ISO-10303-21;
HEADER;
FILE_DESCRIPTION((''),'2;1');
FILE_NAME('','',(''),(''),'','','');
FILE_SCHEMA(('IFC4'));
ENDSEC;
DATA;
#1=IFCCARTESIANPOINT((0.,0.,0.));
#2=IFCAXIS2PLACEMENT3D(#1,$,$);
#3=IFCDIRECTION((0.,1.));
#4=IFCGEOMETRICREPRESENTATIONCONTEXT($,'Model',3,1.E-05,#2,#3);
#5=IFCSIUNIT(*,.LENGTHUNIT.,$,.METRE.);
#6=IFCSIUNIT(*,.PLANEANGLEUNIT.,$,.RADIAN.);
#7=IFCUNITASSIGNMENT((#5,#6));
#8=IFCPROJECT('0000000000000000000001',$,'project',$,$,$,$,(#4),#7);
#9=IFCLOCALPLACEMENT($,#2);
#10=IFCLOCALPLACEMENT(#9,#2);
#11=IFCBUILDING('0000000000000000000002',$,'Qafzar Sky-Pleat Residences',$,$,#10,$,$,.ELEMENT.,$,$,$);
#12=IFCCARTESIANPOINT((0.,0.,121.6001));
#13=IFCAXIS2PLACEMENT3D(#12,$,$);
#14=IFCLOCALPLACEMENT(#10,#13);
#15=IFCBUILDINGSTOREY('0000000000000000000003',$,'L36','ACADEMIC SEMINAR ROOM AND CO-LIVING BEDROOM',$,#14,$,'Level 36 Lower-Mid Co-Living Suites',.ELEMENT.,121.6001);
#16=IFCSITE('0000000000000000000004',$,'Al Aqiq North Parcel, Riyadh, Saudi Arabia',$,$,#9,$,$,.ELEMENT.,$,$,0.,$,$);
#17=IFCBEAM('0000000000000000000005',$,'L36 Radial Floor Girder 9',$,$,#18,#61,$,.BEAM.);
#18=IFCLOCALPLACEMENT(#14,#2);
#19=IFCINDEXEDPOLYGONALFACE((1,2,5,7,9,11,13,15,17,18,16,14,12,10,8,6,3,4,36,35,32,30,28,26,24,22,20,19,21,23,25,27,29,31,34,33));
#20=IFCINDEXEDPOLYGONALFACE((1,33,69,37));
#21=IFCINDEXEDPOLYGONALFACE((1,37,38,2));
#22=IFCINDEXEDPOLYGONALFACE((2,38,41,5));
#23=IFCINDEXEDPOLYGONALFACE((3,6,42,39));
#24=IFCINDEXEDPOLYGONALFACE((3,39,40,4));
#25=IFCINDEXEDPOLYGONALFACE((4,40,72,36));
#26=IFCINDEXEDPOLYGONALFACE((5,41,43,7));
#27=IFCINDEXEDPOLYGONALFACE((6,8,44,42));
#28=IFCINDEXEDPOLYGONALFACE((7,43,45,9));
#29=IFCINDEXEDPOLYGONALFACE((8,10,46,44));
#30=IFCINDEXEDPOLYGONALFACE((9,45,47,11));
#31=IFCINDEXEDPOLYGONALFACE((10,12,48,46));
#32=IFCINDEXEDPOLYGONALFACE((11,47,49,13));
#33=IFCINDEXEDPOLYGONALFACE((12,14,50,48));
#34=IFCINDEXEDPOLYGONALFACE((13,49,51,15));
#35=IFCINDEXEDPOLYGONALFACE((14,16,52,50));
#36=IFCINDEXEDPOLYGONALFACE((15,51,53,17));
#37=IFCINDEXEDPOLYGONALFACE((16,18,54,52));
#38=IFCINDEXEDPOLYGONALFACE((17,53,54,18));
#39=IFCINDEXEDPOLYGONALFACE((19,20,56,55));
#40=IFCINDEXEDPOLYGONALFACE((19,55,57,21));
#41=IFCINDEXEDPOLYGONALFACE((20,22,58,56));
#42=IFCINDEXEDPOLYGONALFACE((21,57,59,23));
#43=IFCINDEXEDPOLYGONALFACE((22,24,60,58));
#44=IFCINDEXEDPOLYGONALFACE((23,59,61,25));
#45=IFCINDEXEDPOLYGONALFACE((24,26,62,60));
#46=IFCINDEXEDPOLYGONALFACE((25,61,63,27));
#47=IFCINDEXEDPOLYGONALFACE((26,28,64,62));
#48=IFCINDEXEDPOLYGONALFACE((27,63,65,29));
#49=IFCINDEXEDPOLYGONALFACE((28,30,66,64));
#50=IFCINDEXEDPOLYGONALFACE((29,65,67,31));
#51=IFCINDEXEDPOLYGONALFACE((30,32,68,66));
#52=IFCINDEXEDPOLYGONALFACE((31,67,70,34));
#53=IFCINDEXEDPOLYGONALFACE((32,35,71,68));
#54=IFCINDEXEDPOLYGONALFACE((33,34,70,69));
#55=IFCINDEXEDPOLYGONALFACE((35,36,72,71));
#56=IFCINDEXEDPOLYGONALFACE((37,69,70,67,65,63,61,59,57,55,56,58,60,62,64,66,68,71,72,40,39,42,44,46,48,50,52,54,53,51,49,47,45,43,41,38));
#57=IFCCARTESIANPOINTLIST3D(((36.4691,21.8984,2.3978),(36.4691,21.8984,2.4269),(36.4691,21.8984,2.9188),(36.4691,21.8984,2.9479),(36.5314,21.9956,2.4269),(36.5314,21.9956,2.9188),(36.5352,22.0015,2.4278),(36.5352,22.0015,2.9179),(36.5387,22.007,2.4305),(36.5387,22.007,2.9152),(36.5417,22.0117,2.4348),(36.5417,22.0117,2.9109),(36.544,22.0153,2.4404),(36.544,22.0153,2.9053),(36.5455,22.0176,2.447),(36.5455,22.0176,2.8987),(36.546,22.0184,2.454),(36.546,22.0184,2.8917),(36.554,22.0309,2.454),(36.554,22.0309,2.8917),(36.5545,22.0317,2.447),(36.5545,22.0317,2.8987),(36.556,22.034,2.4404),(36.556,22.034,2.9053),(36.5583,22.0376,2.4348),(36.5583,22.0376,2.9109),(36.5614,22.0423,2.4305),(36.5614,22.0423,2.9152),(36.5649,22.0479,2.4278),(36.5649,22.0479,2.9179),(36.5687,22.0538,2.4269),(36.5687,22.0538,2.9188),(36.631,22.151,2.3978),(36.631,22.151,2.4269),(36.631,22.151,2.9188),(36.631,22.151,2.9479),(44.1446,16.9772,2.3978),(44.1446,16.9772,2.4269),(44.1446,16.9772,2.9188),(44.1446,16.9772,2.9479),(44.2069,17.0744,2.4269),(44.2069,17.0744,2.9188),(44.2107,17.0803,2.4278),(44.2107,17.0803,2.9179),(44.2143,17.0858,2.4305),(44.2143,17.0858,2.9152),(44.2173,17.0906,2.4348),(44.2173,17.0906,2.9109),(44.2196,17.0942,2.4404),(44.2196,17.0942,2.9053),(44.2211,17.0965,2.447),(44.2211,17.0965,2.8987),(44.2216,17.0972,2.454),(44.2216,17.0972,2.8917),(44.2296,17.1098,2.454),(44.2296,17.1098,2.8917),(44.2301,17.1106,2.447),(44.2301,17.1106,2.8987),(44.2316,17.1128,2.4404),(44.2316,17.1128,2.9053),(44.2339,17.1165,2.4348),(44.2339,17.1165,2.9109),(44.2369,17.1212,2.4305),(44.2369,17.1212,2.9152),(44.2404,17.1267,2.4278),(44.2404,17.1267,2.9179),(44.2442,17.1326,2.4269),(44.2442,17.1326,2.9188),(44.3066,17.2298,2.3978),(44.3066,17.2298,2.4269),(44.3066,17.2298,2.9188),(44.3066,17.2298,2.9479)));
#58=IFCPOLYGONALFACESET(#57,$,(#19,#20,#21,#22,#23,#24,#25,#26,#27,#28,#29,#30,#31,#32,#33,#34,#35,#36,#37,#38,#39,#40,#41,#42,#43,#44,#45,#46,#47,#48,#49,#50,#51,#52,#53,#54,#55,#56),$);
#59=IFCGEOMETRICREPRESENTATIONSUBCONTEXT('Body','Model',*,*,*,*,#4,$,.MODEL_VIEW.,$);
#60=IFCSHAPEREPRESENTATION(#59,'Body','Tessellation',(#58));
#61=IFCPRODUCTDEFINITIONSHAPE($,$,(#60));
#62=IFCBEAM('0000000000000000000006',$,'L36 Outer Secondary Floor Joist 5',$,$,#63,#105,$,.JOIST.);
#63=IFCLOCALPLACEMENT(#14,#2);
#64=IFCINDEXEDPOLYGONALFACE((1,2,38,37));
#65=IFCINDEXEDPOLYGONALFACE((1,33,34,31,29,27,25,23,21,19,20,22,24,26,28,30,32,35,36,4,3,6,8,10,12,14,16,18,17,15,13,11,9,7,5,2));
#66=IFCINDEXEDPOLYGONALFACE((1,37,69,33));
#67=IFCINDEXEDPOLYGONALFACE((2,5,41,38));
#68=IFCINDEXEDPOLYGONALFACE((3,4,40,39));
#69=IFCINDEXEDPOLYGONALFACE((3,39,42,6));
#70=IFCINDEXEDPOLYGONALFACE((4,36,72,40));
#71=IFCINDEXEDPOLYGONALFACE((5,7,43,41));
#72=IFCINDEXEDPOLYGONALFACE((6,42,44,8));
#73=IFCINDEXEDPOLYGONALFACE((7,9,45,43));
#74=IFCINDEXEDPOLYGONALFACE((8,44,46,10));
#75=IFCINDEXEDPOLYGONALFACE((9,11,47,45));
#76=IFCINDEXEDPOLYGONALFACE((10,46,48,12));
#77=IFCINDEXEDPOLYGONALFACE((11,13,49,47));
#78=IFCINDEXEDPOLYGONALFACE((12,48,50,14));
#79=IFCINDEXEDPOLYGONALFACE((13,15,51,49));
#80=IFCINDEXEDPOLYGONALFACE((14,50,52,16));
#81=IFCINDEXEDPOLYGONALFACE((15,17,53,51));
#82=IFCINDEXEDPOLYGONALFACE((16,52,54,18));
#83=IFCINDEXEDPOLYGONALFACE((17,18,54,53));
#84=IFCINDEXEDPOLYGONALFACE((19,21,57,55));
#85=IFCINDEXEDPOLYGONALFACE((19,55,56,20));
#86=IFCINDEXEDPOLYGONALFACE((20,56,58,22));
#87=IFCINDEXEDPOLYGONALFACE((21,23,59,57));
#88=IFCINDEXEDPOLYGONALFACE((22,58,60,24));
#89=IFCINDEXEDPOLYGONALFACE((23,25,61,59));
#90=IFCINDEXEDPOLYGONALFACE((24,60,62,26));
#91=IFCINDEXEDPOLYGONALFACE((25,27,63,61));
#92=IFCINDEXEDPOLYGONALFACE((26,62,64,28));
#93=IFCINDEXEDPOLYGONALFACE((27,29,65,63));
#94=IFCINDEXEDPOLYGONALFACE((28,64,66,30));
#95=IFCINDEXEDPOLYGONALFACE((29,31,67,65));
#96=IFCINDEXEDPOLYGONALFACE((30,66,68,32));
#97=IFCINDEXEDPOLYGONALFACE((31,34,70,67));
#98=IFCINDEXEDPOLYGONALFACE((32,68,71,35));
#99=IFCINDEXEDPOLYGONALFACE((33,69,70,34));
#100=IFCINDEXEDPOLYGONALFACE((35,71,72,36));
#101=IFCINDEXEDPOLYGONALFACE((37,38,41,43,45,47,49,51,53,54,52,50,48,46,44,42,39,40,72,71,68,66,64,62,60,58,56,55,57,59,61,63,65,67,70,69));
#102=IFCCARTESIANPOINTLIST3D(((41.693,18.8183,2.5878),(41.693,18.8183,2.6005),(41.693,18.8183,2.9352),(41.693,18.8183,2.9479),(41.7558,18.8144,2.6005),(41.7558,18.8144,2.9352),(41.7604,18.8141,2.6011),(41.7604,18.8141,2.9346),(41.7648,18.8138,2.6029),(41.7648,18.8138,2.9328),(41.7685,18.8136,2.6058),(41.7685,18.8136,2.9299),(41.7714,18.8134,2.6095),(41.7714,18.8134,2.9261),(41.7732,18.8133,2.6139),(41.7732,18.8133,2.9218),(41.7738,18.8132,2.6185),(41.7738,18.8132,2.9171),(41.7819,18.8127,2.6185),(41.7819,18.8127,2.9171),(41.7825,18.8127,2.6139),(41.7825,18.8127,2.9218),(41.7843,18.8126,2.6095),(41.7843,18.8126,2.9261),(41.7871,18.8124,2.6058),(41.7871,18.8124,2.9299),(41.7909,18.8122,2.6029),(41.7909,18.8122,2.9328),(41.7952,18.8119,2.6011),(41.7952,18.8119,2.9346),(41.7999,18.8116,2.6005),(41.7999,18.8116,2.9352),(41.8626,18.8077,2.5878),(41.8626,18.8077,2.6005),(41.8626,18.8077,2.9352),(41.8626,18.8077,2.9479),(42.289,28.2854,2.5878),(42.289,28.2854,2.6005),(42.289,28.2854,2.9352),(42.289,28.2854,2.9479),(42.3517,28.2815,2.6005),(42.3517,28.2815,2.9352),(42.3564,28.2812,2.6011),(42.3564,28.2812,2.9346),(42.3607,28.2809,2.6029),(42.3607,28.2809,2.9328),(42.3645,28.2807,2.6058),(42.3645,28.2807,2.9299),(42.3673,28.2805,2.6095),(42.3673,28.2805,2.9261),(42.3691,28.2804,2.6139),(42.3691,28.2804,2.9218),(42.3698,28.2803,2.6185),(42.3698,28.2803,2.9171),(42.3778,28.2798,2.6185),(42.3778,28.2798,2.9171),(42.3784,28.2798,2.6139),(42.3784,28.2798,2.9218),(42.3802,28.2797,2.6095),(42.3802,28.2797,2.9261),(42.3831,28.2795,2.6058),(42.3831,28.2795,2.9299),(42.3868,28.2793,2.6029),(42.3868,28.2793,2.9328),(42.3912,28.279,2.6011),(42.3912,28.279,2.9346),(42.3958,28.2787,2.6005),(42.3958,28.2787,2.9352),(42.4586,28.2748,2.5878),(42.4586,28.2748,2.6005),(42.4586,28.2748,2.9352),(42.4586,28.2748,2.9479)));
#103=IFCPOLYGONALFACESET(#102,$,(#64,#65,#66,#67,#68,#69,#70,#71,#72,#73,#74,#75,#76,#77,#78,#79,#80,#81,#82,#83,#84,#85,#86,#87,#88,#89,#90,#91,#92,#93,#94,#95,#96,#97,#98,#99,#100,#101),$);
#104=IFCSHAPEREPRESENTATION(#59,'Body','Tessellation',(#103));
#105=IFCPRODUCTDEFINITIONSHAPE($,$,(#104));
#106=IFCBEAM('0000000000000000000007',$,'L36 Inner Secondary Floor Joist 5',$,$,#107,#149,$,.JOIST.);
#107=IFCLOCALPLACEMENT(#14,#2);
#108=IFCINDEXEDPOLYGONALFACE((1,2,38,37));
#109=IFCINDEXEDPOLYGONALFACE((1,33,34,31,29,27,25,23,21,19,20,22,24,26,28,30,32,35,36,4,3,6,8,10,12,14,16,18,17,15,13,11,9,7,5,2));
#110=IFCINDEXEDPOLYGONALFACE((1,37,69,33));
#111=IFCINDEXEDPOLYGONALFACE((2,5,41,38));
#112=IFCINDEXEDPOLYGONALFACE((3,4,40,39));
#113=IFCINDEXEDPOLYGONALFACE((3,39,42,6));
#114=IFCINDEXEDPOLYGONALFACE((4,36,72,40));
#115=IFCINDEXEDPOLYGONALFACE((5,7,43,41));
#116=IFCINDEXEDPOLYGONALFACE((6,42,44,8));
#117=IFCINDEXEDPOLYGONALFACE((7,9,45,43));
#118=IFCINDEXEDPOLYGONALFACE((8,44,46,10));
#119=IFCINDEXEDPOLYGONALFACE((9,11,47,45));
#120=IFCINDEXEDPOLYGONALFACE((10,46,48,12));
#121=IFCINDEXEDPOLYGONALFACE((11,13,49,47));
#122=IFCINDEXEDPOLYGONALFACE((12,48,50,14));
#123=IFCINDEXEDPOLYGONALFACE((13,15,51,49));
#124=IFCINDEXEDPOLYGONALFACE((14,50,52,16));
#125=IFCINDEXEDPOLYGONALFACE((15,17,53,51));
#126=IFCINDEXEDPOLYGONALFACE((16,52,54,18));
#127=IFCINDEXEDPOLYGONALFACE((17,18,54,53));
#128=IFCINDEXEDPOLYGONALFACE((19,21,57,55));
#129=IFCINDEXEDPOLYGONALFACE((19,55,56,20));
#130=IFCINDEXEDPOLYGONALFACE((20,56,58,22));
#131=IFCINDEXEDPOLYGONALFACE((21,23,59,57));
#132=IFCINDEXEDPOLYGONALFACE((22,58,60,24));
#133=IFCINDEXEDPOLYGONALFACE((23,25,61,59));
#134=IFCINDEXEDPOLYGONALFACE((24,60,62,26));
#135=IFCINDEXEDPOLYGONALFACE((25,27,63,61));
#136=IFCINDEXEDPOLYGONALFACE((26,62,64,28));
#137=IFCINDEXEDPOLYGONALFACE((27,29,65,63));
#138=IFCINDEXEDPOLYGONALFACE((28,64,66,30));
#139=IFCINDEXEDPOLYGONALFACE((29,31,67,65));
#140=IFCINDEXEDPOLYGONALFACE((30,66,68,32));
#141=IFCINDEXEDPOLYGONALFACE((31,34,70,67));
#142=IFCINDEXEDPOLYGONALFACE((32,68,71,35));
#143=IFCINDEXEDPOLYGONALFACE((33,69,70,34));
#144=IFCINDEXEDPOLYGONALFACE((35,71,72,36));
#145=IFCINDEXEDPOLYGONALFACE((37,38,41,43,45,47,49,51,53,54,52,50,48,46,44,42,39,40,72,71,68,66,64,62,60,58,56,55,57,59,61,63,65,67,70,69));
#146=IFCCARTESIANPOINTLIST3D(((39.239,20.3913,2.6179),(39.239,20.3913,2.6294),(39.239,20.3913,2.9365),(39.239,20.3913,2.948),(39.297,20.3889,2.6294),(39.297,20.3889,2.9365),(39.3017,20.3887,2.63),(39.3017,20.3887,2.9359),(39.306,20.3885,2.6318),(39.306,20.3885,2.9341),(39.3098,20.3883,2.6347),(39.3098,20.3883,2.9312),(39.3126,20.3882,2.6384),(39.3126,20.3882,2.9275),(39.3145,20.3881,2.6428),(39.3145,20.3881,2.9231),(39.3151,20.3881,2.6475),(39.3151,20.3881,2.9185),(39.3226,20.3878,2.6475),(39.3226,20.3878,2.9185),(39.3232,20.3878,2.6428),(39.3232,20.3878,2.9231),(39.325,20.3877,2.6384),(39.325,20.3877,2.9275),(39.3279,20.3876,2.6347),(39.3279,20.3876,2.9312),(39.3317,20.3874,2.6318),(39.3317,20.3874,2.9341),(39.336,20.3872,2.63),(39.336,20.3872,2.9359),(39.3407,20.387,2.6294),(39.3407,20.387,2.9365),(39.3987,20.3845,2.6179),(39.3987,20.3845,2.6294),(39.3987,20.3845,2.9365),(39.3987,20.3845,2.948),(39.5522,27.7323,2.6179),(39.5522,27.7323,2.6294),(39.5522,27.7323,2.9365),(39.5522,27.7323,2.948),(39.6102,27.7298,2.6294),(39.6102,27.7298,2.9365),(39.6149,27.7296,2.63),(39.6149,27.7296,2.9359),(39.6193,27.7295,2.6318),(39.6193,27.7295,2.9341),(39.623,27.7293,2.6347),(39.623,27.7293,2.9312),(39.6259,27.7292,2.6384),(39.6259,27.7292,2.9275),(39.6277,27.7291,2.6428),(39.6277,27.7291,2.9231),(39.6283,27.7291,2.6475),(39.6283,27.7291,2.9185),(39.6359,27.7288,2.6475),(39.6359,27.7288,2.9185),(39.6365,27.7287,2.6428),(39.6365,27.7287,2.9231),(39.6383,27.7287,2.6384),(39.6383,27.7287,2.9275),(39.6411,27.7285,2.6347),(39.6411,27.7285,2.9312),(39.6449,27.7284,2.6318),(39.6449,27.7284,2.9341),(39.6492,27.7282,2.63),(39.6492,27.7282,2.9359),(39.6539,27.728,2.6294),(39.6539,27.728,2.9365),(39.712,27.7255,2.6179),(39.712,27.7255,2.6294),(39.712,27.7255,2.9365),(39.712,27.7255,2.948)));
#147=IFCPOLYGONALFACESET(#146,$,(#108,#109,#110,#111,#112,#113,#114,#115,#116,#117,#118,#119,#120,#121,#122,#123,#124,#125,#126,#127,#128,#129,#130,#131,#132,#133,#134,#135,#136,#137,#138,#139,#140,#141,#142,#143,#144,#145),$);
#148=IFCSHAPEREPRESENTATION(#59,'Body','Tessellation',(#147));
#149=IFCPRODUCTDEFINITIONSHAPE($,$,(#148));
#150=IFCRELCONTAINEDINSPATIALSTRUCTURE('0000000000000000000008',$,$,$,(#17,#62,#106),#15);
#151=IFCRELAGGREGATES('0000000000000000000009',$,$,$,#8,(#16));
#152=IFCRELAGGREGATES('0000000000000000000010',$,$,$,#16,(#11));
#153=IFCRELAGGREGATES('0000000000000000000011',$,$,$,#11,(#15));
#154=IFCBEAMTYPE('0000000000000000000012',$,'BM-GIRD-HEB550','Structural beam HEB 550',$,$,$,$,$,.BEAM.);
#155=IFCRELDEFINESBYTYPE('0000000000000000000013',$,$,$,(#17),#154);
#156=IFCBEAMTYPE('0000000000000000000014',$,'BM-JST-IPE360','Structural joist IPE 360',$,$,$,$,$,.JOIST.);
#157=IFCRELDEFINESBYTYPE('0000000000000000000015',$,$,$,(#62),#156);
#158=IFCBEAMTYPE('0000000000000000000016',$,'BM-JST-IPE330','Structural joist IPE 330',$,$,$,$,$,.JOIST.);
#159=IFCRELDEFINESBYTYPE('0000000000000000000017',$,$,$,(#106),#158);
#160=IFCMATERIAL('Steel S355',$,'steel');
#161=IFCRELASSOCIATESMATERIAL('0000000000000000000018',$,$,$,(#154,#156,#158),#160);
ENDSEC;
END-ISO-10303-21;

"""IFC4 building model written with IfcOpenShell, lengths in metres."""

from ifc_helpers import new_model, si_unit, direction, frame, origin, origin_2d, place, context, subcontext, project, spatial, i_section, extrude, source, transform, mapped, material, material_profile, profile_set, type_object, element, save


model = new_model("IFC4")

# Units and contexts
model_context = context("Model", 3, precision=1e-05, world=origin(), true_north=direction((0.0, 1.0)))
body_context = subcontext(model_context, "Body", "Model", "MODEL_VIEW")
ifc_project = project(units=[si_unit("LENGTHUNIT", "METRE"), si_unit("PLANEANGLEUNIT", "RADIAN")], contexts=[model_context])

# Site, building, storey
site_placement = place(None, origin())
site = spatial("IfcSite", under=ifc_project, at=site_placement, Name="Al Aqiq North Parcel, Riyadh, Saudi Arabia", CompositionType="ELEMENT", RefElevation=0.0)
building_placement = place(site_placement, origin())
building = spatial("IfcBuilding", under=site, at=building_placement, Name="Qafzar Sky-Pleat Residences", CompositionType="ELEMENT")
storey_placement = place(building_placement, frame((0.0, 0.0, 121.6001)))
storey = spatial("IfcBuildingStorey", under=building, at=storey_placement, Name="L36", Description="ACADEMIC SEMINAR ROOM AND CO-LIVING BEDROOM", LongName="Level 36 Lower-Mid Co-Living Suites", CompositionType="ELEMENT", Elevation=121.6001)

# Beams
ifc_material_1 = material(Name="Steel S355", Category="steel")
ifc_material_profile_1 = material_profile(ifc_material_1, i_section(OverallWidth=0.3, OverallDepth=0.55, WebThickness=0.0149, FlangeThickness=0.0291, FilletRadius=0.0271, at=origin_2d()), Name="HEB 550")
ifc_profile_set_1 = profile_set([ifc_material_profile_1], Name="Steel S355")
beam_type_1 = type_object("IfcBeamType", Name="BM-GIRD-HEB550", Description="Structural beam HEB 550", PredefinedType="BEAM", material=ifc_profile_set_1)
shared_shape_1 = source(origin(), body_context, "Body", "SweptSolid", [
    extrude(i_section(OverallWidth=0.3, OverallDepth=0.55, WebThickness=0.0149, FlangeThickness=0.0291, FilletRadius=0.0271, at=origin_2d()), origin(), (0.0, 0.0, 1.0), 9.1177),
])
beam_1_placement = place(storey_placement, frame((44.2256, 17.1035, 2.6729), z_axis=(-0.841833, 0.539738, 0.0), x_axis=(-0.539738, -0.841833, 0.0)))
element("IfcBeam", 1, at=beam_1_placement, inside=storey, type_object=beam_type_1, Name="L36 Radial Floor Girder 9", PredefinedType="BEAM", context=body_context, shape_type="MappedRepresentation", body=[
    mapped(shared_shape_1, transform((0.0, 0.0, 0.0), x_axis=(1.0, 0.0, 0.0), y_axis=(0.0, 1.0, 0.0), z_axis=(0.0, 0.0, 1.0), scale=1.0)),
])
ifc_material_profile_2 = material_profile(ifc_material_1, i_section(OverallWidth=0.1699, OverallDepth=0.3601, WebThickness=0.0081, FlangeThickness=0.0127, FilletRadius=0.0181, at=origin_2d()), Name="IPE 360")
ifc_profile_set_2 = profile_set([ifc_material_profile_2], Name="Steel S355")
beam_type_2 = type_object("IfcBeamType", Name="BM-JST-IPE360", Description="Structural joist IPE 360", PredefinedType="JOIST", material=ifc_profile_set_2)
shared_shape_2 = source(origin(), body_context, "Body", "SweptSolid", [
    extrude(i_section(OverallWidth=0.1699, OverallDepth=0.3601, WebThickness=0.0081, FlangeThickness=0.0127, FilletRadius=0.0181, at=origin_2d()), origin(), (0.0, 0.0, 1.0), 9.4858),
])
beam_2_placement = place(storey_placement, frame((41.7778, 18.813, 2.7678), z_axis=(0.062825, 0.998025, 0.0), x_axis=(-0.998025, 0.062825, 0.0)))
element("IfcBeam", 2, at=beam_2_placement, inside=storey, type_object=beam_type_2, Name="L36 Outer Secondary Floor Joist 5", PredefinedType="JOIST", context=body_context, shape_type="MappedRepresentation", body=[
    mapped(shared_shape_2, transform((0.0, 0.0, 0.0), x_axis=(1.0, 0.0, 0.0), y_axis=(0.0, 1.0, 0.0), z_axis=(0.0, 0.0, 1.0), scale=1.0)),
])
ifc_material_profile_3 = material_profile(ifc_material_1, i_section(OverallWidth=0.1599, OverallDepth=0.3301, WebThickness=0.0076, FlangeThickness=0.0115, FilletRadius=0.0181, at=origin_2d()), Name="IPE 330")
ifc_profile_set_3 = profile_set([ifc_material_profile_3], Name="Steel S355")
beam_type_3 = type_object("IfcBeamType", Name="BM-JST-IPE330", Description="Structural joist IPE 330", PredefinedType="JOIST", material=ifc_profile_set_3)
shared_shape_3 = source(origin(), body_context, "Body", "SweptSolid", [
    extrude(i_section(OverallWidth=0.1599, OverallDepth=0.3301, WebThickness=0.0076, FlangeThickness=0.0115, FilletRadius=0.0181, at=origin_2d()), origin(), (0.0, 0.0, 1.0), 7.3477),
])
beam_3_placement = place(storey_placement, frame((39.3188, 20.3879, 2.783), z_axis=(0.04263, 0.999091, 0.0), x_axis=(-0.999091, 0.04263, 0.0)))
element("IfcBeam", 3, at=beam_3_placement, inside=storey, type_object=beam_type_3, Name="L36 Inner Secondary Floor Joist 5", PredefinedType="JOIST", context=body_context, shape_type="MappedRepresentation", body=[
    mapped(shared_shape_3, transform((0.0, 0.0, 0.0), x_axis=(1.0, 0.0, 0.0), y_axis=(0.0, 1.0, 0.0), z_axis=(0.0, 0.0, 1.0), scale=1.0)),
])

save(model, "model.ifc")
